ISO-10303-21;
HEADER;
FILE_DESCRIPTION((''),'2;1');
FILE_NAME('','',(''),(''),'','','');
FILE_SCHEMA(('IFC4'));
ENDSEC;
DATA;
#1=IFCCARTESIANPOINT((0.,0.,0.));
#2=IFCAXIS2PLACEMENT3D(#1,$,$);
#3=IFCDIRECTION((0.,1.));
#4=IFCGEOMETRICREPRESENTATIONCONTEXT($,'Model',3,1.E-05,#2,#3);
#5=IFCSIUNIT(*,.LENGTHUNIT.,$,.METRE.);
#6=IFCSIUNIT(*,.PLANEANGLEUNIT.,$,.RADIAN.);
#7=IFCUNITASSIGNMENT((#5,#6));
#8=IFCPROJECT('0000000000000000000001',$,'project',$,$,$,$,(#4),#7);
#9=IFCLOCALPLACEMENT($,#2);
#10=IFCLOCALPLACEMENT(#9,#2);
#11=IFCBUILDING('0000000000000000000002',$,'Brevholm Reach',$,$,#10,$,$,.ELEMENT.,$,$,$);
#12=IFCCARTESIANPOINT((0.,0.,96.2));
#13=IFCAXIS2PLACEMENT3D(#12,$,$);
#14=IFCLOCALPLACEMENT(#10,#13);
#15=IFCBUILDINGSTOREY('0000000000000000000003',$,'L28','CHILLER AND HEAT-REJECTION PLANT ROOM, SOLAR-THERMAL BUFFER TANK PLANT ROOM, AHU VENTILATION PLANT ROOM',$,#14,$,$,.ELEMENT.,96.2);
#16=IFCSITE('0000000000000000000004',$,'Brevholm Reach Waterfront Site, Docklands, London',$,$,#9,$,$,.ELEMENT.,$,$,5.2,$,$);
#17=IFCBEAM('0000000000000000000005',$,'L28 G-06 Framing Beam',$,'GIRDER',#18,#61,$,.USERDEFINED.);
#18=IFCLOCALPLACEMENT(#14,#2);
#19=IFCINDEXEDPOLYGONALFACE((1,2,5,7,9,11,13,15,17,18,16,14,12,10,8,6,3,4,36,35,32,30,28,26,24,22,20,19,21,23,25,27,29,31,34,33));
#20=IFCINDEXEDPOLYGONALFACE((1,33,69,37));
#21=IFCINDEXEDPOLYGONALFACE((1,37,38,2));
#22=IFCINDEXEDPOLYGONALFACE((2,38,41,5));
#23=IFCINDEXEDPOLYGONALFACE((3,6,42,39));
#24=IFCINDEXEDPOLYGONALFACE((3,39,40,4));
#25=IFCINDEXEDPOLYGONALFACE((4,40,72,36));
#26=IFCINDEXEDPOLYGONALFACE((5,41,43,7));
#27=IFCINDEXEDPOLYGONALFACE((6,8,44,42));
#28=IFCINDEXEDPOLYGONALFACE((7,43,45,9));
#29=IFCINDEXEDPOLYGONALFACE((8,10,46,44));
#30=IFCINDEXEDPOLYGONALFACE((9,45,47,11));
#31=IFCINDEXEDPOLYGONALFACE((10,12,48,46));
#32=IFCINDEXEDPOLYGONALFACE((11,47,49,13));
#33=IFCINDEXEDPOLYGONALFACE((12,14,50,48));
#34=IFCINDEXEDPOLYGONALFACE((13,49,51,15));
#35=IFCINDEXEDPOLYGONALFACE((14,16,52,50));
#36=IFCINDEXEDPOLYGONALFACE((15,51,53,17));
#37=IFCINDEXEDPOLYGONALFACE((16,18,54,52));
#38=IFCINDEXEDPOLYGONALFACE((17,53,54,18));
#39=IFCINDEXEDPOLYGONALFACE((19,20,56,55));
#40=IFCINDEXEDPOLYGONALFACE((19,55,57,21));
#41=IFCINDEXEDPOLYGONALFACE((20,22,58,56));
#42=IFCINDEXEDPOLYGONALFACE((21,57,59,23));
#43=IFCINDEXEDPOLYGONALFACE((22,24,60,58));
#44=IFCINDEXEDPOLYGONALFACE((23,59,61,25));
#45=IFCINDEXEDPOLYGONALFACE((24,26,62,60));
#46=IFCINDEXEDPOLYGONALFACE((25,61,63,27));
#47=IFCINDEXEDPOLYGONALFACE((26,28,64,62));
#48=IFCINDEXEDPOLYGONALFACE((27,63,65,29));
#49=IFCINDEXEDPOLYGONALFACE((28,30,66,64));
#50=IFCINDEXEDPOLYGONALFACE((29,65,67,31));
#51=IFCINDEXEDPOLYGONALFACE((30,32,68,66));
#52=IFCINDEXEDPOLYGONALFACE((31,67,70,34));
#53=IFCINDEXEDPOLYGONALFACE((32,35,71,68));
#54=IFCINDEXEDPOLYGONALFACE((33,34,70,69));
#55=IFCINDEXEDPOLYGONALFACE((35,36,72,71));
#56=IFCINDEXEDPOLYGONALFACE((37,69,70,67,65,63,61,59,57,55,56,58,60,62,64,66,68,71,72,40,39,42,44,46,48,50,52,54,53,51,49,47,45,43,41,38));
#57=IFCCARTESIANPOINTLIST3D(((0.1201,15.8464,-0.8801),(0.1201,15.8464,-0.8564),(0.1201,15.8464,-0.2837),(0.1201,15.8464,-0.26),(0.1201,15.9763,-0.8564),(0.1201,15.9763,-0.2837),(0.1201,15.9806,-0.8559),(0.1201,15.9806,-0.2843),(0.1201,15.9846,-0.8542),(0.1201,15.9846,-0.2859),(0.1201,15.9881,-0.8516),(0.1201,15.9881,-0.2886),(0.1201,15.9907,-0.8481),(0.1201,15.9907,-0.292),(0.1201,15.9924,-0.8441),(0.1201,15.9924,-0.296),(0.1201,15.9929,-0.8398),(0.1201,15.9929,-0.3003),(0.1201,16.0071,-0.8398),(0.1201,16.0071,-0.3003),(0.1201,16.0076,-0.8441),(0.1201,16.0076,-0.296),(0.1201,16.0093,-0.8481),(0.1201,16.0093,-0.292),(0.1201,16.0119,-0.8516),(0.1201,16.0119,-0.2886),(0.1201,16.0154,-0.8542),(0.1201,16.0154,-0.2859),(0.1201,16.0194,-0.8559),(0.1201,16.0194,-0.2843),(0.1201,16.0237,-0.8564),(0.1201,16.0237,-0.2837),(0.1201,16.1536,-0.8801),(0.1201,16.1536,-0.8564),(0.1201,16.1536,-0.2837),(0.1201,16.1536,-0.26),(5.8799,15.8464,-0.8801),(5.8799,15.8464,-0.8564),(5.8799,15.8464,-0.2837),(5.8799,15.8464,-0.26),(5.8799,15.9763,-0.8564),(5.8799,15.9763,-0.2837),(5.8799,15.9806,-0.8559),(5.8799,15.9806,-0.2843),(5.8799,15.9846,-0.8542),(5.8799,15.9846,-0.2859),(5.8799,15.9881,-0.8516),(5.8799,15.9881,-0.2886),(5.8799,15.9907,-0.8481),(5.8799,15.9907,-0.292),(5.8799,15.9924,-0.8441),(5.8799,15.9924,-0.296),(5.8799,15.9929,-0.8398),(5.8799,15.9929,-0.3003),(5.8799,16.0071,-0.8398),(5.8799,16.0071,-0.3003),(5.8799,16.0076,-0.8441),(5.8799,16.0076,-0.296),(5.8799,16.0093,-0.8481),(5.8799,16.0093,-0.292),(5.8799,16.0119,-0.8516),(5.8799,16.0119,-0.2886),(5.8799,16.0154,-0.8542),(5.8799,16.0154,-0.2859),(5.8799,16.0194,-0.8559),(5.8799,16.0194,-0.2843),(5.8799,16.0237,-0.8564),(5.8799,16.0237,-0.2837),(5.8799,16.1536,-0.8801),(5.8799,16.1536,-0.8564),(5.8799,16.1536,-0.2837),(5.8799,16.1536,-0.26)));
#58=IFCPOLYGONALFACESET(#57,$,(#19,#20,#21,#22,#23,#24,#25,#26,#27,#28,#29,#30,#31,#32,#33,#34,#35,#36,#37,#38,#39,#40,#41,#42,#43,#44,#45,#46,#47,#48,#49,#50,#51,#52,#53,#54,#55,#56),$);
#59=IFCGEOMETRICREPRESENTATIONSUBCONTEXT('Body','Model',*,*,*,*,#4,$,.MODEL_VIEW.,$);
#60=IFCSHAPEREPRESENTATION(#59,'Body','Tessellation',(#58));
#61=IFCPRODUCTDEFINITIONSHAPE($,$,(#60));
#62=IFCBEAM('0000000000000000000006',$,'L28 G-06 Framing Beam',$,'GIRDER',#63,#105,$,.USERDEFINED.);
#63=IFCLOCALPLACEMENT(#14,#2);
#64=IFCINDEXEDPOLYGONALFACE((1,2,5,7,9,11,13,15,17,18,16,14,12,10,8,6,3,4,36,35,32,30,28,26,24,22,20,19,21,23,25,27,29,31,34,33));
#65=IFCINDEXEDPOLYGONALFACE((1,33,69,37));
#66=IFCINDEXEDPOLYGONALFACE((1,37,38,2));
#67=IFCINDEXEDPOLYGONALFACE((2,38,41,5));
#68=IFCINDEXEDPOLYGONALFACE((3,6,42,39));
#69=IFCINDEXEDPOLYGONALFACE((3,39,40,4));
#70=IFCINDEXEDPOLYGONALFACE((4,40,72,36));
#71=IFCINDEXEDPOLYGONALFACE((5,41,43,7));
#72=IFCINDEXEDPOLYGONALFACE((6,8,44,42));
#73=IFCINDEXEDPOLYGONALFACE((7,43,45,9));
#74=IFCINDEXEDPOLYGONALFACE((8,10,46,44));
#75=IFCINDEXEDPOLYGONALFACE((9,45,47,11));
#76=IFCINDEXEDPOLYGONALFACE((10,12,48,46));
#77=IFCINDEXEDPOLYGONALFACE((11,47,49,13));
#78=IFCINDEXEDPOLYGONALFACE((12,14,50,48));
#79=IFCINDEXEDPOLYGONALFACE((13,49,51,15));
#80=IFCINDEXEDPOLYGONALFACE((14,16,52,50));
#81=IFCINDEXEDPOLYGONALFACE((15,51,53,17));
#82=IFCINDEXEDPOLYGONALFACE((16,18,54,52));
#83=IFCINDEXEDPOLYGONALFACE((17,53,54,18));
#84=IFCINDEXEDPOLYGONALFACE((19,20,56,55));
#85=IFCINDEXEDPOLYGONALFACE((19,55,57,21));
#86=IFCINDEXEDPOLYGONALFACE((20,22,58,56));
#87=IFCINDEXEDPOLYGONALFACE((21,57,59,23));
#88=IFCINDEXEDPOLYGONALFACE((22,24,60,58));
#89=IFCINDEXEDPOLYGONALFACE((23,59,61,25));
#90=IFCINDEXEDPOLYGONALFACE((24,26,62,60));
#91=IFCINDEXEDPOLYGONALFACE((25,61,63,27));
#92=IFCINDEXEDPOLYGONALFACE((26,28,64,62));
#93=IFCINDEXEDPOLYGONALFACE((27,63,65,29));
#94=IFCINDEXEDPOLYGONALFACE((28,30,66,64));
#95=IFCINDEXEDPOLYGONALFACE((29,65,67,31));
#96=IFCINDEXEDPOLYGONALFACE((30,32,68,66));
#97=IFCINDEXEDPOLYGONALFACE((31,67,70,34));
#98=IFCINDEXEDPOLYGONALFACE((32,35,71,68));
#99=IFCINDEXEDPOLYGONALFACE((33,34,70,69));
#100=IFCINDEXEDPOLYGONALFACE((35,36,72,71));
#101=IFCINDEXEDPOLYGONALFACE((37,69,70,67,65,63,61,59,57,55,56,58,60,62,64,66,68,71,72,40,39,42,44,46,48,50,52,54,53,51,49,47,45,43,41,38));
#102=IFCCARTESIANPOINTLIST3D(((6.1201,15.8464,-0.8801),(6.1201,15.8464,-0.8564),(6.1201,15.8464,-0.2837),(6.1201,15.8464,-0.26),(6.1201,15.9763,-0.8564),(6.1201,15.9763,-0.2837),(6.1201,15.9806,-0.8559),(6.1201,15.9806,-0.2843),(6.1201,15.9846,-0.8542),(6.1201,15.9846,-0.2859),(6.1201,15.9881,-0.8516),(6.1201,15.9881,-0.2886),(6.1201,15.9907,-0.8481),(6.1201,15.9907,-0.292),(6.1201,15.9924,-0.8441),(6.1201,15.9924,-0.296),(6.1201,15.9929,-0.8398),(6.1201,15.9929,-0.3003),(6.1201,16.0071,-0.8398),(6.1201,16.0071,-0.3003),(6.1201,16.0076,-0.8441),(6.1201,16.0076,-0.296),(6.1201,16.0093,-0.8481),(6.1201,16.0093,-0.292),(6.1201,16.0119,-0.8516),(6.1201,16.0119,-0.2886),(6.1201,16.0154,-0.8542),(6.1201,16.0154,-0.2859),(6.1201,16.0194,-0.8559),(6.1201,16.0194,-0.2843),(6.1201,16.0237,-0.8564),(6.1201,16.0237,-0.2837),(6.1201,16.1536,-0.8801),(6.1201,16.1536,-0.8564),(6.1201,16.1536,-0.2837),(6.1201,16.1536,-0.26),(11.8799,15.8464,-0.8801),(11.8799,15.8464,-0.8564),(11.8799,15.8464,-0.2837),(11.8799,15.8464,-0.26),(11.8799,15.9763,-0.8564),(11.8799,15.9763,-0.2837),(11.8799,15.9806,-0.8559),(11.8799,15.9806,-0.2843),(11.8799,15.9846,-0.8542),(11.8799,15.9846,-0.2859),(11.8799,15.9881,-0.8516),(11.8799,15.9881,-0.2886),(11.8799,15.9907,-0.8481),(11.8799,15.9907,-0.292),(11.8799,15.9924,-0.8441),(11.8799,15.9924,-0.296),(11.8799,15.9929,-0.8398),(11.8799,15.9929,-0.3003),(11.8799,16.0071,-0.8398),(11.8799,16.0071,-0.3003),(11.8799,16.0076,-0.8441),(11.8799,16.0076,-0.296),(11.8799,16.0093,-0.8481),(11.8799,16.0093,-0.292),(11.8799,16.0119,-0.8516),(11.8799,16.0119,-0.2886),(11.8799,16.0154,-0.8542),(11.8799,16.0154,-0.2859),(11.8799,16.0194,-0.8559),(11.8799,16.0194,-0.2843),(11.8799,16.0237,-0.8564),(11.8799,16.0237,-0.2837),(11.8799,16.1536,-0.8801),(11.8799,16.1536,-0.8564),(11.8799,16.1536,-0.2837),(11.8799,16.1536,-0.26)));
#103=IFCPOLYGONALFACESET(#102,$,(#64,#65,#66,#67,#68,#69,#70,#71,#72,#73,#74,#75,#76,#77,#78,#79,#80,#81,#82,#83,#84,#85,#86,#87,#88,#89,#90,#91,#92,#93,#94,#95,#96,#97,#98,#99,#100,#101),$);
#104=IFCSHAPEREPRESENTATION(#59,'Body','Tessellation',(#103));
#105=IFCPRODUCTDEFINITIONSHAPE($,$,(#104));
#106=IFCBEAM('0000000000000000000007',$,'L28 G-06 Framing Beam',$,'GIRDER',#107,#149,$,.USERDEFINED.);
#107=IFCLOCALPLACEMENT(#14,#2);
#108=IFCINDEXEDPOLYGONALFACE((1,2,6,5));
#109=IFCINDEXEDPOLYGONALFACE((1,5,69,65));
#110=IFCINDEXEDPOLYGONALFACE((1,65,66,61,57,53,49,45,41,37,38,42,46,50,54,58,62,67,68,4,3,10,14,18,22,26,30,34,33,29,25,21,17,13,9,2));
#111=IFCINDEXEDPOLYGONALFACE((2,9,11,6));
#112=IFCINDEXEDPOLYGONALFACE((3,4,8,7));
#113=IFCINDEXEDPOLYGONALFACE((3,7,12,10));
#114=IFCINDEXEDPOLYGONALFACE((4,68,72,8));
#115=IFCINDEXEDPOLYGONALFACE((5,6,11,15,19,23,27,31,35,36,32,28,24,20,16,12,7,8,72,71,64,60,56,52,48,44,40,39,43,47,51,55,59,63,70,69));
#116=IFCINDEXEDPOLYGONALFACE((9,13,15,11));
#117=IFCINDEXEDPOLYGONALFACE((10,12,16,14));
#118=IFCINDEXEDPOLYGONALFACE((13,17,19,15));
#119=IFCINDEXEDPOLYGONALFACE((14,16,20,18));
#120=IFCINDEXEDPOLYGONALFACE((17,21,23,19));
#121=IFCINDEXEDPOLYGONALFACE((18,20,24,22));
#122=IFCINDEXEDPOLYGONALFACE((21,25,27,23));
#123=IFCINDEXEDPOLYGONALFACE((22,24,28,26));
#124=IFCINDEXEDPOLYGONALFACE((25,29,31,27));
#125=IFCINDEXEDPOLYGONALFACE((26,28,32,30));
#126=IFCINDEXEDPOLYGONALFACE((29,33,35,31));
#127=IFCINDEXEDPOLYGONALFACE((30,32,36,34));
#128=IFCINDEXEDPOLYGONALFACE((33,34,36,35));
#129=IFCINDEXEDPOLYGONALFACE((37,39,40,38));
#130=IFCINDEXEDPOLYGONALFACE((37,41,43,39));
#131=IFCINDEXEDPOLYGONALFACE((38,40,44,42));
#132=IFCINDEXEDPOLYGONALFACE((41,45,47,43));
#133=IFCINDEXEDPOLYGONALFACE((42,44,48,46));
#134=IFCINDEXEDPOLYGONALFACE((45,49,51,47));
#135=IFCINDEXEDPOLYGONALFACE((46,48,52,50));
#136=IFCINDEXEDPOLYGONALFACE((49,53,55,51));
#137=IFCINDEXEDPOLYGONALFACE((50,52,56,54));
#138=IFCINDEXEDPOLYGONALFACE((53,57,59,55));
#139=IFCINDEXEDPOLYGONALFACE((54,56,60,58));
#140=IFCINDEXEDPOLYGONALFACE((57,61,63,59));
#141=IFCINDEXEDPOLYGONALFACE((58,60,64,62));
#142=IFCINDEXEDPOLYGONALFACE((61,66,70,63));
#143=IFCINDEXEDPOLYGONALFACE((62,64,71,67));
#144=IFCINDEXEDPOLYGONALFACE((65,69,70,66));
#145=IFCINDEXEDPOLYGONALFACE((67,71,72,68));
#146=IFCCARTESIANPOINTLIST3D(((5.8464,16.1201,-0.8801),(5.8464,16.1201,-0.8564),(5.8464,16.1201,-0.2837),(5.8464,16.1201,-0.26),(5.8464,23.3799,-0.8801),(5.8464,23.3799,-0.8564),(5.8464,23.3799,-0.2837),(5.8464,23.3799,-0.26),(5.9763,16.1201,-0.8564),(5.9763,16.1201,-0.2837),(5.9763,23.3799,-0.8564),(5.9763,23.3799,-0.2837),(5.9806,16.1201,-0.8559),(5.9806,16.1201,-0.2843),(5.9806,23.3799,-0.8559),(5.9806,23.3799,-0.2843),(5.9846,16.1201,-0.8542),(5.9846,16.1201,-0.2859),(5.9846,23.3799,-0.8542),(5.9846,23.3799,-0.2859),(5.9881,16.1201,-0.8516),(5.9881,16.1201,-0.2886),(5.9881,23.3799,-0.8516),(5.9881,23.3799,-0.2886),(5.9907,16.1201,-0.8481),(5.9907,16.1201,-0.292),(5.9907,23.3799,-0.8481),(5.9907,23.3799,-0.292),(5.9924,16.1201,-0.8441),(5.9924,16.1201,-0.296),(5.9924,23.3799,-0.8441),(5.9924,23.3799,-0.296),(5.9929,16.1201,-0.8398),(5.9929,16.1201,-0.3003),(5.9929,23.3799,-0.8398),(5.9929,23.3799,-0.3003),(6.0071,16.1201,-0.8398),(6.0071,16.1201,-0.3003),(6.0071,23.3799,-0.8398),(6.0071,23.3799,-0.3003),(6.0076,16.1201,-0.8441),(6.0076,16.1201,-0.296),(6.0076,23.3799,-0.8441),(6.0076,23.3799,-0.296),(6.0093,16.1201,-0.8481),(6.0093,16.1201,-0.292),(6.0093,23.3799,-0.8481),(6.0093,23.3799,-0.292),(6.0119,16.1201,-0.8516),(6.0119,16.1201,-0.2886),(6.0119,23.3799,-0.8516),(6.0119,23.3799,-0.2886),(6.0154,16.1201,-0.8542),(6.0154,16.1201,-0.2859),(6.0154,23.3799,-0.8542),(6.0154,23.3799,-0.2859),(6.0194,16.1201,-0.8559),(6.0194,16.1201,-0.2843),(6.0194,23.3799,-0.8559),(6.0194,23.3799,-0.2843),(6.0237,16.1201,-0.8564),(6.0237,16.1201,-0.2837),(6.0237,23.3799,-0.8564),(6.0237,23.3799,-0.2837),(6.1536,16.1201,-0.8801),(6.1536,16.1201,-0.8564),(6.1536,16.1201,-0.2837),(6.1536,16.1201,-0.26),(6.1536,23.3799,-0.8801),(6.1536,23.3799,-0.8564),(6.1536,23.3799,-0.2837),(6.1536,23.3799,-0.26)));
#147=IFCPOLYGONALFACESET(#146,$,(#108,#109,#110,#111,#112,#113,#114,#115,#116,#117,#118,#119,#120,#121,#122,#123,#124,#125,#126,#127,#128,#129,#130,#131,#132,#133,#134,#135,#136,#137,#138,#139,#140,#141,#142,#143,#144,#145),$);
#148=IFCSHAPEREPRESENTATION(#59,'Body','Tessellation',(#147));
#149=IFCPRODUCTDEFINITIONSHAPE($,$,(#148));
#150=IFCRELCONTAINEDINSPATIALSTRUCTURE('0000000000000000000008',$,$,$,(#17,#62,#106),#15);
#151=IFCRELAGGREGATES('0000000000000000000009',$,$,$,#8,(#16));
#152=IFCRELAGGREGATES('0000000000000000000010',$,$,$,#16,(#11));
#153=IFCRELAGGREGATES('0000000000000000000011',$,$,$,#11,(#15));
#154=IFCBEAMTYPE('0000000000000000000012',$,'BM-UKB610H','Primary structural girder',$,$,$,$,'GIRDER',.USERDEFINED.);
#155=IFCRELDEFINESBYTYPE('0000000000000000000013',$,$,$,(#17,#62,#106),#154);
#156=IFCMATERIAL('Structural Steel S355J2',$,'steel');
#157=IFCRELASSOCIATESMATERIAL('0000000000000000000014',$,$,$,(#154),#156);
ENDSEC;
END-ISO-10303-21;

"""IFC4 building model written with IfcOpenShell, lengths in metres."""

from ifc_helpers import new_model, si_unit, direction, frame, origin, origin_2d, place, context, subcontext, project, spatial, i_section, extrude, material, material_profile, profile_set, type_object, element, save


model = new_model("IFC4")

# Units and contexts
model_context = context("Model", 3, precision=1e-05, world=origin(), true_north=direction((0.0, 1.0)))
body_context = subcontext(model_context, "Body", "Model", "MODEL_VIEW")
ifc_project = project(units=[si_unit("LENGTHUNIT", "METRE"), si_unit("PLANEANGLEUNIT", "RADIAN")], contexts=[model_context])

# Site, building, storey
site_placement = place(None, origin())
site = spatial("IfcSite", under=ifc_project, at=site_placement, Name="Brevholm Reach Waterfront Site, Docklands, London", CompositionType="ELEMENT", RefElevation=5.2)
building_placement = place(site_placement, origin())
building = spatial("IfcBuilding", under=site, at=building_placement, Name="Brevholm Reach", CompositionType="ELEMENT")
storey_placement = place(building_placement, frame((0.0, 0.0, 96.2)))
storey = spatial("IfcBuildingStorey", under=building, at=storey_placement, Name="L28", Description="CHILLER AND HEAT-REJECTION PLANT ROOM, SOLAR-THERMAL BUFFER TANK PLANT ROOM, AHU VENTILATION PLANT ROOM", CompositionType="ELEMENT", Elevation=96.2)

# Beams
ifc_material_1 = material(Name="Structural Steel S355J2", Category="steel")
ifc_material_profile_1 = material_profile(ifc_material_1, i_section(OverallWidth=0.3071, OverallDepth=0.6201, WebThickness=0.0142, FlangeThickness=0.0237, FilletRadius=0.0166, at=origin_2d()), Name="UKB 610x305x179")
ifc_profile_set_1 = profile_set([ifc_material_profile_1], Name="Structural Steel S355J2")
beam_type_1 = type_object("IfcBeamType", Name="BM-UKB610H", Description="Primary structural girder", ElementType="GIRDER", PredefinedType="USERDEFINED", material=ifc_profile_set_1)
for number, where, z_axis, x_axis, name in (
    (1, (0.1201, 16.0, -0.5701), (1.0, 0.0, 0.0), (0.0, 1.0, 0.0), "L28 G-06 Framing Beam"),
    (2, (6.1201, 16.0, -0.5701), (1.0, 0.0, 0.0), (0.0, 1.0, 0.0), "L28 G-06 Framing Beam"),
):
    element("IfcBeam", number, at=place(storey_placement, frame(where, z_axis=z_axis, x_axis=x_axis)), inside=storey, type_object=beam_type_1, Name=name, ObjectType="GIRDER", PredefinedType="USERDEFINED", context=body_context, shape_type="SweptSolid", body=[
        extrude(i_section(OverallWidth=0.3071, OverallDepth=0.6201, WebThickness=0.0142, FlangeThickness=0.0237, FilletRadius=0.0166, at=origin_2d()), origin(), (0.0, 0.0, 1.0), 5.7598),
    ])
beam_1_placement = place(storey_placement, frame((6.0, 16.1201, -0.5701), z_axis=(0.0, 1.0, 0.0), x_axis=(-1.0, 0.0, 0.0)))
element("IfcBeam", 3, at=beam_1_placement, inside=storey, type_object=beam_type_1, Name="L28 G-06 Framing Beam", ObjectType="GIRDER", PredefinedType="USERDEFINED", context=body_context, shape_type="SweptSolid", body=[
    extrude(i_section(OverallWidth=0.3071, OverallDepth=0.6201, WebThickness=0.0142, FlangeThickness=0.0237, FilletRadius=0.0166, at=origin_2d()), origin(), (0.0, 0.0, 1.0), 7.2598),
])

save(model, "model.ifc")
